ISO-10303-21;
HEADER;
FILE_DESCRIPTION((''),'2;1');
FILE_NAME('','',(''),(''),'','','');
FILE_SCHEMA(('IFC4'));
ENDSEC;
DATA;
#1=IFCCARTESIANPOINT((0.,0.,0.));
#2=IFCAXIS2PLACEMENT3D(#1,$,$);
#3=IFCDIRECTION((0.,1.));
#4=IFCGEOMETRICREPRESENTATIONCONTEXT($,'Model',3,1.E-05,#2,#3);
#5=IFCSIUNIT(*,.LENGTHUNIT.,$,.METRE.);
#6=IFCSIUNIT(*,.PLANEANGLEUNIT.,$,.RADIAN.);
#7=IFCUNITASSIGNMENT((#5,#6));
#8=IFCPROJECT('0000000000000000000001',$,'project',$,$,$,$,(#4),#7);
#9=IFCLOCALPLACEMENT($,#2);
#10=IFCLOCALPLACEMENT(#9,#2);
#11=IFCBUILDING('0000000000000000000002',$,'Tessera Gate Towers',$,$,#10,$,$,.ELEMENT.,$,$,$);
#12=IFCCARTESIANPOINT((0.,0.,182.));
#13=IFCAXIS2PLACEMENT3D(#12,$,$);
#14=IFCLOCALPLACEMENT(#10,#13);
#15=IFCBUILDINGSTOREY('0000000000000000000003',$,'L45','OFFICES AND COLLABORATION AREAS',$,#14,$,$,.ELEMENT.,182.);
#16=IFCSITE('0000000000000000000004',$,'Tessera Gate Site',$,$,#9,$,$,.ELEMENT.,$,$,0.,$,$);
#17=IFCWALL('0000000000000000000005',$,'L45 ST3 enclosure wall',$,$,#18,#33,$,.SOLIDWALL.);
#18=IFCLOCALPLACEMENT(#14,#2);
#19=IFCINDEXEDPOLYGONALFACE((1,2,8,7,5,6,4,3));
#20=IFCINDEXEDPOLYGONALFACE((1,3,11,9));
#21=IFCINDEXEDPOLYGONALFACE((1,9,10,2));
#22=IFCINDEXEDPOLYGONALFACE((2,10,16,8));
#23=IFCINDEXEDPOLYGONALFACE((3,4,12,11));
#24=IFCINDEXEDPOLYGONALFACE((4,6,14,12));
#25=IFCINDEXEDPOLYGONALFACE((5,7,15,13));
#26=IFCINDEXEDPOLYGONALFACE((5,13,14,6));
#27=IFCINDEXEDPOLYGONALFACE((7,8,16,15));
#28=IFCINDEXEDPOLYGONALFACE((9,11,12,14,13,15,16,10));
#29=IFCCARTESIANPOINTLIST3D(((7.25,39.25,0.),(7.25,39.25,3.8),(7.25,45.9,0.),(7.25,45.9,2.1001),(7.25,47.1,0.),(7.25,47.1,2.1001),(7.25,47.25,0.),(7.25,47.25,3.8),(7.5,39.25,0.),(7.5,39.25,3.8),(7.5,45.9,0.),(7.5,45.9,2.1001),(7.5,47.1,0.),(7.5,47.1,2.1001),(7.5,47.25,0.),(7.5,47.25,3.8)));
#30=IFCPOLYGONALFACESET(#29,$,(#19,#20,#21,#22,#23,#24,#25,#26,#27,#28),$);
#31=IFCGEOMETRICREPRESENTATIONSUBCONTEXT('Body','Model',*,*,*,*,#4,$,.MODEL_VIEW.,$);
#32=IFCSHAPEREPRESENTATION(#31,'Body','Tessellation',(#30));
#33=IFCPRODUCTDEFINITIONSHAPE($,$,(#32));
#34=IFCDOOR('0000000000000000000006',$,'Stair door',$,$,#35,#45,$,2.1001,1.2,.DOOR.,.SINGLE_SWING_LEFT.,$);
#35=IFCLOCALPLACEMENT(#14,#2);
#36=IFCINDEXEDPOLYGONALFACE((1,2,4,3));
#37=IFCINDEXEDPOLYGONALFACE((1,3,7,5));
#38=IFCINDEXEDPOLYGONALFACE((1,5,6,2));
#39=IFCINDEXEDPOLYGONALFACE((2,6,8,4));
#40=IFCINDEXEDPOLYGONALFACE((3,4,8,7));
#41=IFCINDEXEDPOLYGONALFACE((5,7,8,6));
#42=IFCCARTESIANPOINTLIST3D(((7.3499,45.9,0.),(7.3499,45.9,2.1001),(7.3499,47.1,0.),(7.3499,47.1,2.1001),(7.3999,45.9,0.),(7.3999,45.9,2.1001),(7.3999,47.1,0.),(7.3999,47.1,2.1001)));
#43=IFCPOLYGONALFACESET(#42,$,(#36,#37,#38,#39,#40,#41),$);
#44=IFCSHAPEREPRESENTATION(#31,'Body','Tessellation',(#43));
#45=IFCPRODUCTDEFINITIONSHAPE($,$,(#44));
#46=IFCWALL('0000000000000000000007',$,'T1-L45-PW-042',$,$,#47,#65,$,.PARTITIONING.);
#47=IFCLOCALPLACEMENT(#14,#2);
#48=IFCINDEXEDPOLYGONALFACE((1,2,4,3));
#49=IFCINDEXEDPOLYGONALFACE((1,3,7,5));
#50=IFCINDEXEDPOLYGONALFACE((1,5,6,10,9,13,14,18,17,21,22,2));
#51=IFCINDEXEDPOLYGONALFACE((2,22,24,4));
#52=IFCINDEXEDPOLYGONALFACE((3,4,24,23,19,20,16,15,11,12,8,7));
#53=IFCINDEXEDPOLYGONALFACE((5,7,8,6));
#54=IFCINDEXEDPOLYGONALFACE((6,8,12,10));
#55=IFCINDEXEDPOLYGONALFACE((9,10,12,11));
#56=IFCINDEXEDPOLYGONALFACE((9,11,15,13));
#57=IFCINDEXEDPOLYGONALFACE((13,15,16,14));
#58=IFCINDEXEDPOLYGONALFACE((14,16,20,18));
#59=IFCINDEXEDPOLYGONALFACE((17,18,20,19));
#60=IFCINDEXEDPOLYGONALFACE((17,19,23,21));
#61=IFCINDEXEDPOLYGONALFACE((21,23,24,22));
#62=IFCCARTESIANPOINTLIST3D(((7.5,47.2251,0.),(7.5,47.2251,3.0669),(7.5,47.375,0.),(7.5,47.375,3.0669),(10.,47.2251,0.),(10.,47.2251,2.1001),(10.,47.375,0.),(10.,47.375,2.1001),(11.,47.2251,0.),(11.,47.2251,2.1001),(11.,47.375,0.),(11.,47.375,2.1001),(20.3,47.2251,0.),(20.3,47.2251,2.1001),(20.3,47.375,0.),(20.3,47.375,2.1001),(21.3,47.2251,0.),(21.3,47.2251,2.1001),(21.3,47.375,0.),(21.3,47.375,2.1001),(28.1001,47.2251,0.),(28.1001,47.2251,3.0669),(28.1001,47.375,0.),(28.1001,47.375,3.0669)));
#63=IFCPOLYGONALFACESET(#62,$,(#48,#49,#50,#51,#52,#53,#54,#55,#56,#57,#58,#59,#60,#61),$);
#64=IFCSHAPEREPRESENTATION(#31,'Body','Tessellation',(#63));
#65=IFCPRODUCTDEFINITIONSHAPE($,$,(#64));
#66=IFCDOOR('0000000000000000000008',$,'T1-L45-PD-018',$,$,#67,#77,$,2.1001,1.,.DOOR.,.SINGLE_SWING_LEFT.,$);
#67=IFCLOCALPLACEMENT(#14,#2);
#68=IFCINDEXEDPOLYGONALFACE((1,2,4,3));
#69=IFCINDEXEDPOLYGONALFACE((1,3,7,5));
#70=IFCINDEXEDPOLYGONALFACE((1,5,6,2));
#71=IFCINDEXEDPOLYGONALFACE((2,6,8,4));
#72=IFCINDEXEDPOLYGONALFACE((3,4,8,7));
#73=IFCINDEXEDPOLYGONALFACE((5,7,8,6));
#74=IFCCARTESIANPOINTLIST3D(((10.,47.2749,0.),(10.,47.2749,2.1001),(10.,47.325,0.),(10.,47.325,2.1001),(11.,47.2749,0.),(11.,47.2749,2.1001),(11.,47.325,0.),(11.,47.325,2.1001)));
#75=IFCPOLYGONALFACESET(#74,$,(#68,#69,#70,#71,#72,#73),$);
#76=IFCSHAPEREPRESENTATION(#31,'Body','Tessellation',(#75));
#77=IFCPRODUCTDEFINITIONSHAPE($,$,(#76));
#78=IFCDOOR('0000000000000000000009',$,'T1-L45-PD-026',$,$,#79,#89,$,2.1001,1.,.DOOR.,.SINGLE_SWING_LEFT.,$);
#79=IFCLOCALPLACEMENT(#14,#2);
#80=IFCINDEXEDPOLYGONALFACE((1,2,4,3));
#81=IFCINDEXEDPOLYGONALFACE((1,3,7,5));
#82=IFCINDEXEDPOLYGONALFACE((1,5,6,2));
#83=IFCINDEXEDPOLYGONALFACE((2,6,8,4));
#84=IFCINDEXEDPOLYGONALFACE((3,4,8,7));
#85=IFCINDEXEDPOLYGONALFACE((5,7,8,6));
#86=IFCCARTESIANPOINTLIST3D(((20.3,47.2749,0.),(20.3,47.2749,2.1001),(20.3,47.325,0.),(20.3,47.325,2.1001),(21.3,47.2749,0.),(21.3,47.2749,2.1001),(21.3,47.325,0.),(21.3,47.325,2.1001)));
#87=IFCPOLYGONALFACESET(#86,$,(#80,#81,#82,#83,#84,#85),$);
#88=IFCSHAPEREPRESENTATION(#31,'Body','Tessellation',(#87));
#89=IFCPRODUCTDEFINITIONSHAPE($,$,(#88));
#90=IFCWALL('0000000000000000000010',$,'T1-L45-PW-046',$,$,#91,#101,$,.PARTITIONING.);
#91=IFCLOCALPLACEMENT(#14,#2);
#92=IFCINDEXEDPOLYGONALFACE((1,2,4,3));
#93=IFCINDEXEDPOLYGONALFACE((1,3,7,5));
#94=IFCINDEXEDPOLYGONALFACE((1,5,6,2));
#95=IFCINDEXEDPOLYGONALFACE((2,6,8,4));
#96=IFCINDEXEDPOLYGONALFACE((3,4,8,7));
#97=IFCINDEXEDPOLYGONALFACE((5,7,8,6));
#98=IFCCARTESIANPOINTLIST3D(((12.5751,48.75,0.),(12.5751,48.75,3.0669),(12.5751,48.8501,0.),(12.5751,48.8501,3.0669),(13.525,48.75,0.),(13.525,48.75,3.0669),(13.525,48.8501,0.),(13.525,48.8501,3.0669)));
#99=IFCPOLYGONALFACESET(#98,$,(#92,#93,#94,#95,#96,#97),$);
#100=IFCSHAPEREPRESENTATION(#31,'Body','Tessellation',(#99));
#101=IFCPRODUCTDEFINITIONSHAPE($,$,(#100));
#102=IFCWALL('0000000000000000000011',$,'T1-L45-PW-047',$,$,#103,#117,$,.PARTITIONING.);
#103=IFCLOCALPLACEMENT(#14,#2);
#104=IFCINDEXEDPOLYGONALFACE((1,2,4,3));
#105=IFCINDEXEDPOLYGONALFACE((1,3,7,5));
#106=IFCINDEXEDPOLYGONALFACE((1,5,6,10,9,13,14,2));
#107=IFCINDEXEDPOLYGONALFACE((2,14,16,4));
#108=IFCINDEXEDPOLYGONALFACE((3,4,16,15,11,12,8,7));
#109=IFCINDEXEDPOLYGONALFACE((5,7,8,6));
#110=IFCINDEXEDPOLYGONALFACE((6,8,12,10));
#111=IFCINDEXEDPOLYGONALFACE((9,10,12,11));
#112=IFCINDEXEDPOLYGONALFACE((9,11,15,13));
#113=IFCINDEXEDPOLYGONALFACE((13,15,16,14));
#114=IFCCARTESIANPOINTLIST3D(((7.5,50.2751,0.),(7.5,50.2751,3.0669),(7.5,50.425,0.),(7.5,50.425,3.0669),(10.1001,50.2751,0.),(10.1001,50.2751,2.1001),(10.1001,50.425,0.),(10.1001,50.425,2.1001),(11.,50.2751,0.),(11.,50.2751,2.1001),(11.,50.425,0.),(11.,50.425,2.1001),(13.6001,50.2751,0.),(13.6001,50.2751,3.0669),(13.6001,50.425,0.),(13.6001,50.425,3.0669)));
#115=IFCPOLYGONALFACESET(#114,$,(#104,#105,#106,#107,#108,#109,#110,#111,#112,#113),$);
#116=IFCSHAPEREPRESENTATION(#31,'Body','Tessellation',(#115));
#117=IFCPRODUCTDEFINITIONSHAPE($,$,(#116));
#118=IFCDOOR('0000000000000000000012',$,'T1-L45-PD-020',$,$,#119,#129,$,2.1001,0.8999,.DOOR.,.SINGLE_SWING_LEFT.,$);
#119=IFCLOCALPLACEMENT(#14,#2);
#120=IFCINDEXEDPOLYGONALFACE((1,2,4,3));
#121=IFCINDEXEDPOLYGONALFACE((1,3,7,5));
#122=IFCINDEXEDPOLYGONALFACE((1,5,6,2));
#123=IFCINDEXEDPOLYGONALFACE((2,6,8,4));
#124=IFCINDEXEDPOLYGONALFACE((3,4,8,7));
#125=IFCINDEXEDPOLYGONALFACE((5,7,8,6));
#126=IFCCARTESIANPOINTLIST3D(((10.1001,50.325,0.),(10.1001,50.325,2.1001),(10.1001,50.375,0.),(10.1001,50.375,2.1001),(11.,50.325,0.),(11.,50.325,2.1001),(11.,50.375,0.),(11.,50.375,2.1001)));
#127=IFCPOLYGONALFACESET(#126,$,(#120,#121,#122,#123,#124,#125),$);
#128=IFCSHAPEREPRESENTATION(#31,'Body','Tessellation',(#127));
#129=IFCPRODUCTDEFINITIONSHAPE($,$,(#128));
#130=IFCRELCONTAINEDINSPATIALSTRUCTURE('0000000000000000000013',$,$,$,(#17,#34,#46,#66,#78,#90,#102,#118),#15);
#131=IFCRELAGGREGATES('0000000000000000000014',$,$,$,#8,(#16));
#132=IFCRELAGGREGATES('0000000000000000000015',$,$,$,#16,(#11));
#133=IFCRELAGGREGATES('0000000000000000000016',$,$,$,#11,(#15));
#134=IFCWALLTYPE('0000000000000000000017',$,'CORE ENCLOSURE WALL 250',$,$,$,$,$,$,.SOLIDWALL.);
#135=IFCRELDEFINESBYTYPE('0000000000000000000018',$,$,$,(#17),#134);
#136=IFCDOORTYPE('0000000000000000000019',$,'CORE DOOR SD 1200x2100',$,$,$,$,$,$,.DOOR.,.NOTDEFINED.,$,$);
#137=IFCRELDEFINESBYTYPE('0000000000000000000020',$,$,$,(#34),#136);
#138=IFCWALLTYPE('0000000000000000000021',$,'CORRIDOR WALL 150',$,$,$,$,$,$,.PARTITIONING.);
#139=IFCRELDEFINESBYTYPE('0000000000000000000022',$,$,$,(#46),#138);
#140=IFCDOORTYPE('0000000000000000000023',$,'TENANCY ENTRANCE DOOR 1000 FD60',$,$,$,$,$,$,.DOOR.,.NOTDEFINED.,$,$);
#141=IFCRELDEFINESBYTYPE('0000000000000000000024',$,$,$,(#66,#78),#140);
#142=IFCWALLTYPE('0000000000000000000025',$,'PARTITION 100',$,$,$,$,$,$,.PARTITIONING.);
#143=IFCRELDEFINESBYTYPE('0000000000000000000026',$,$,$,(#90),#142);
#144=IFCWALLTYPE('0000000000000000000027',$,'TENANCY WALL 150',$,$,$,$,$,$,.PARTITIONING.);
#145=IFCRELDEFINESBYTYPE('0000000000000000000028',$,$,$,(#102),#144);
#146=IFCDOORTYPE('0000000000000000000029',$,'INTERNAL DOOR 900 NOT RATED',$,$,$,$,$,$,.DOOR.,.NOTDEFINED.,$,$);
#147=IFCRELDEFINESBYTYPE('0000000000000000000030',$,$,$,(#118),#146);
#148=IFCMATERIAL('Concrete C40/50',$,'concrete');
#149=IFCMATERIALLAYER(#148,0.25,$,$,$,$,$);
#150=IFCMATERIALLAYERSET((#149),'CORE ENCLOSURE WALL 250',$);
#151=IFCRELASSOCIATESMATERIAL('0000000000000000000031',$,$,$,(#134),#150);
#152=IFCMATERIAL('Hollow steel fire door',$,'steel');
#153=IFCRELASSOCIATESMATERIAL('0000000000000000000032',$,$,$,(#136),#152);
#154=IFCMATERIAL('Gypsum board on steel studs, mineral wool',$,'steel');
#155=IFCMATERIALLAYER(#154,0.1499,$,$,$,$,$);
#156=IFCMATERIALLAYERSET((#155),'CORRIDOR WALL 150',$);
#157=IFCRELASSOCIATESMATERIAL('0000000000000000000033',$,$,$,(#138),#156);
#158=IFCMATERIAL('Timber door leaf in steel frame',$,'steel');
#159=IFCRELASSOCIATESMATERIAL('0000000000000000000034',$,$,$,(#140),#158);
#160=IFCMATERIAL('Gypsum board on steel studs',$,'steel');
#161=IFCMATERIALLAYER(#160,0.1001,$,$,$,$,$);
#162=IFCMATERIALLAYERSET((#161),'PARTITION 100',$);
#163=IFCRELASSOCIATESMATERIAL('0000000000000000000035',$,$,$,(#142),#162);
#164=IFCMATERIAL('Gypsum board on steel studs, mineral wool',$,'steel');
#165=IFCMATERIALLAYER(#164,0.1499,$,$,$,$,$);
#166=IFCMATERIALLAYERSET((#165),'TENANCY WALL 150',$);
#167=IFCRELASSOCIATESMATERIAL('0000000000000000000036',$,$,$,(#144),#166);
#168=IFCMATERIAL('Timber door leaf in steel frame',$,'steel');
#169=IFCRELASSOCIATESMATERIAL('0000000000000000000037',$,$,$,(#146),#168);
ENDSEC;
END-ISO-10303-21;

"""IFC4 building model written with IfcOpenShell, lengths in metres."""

from ifc_helpers import new_model, si_unit, direction, frame, frame_2d, origin, place, context, subcontext, project, spatial, rectangle, extrude, source, transform, mapped, material, layer, layer_set, type_object, element, fill, save


model = new_model("IFC4")

# Units and contexts
model_context = context("Model", 3, precision=1e-05, world=origin(), true_north=direction((0.0, 1.0)))
body_context = subcontext(model_context, "Body", "Model", "MODEL_VIEW")
ifc_project = project(units=[si_unit("LENGTHUNIT", "METRE"), si_unit("PLANEANGLEUNIT", "RADIAN")], contexts=[model_context])

# Site, building, storey
site_placement = place(None, origin())
site = spatial("IfcSite", under=ifc_project, at=site_placement, Name="Tessera Gate Site", CompositionType="ELEMENT", RefElevation=0.0)
building_placement = place(site_placement, origin())
building = spatial("IfcBuilding", under=site, at=building_placement, Name="Tessera Gate Towers", CompositionType="ELEMENT")
storey_placement = place(building_placement, frame((0.0, 0.0, 182.0)))
storey = spatial("IfcBuildingStorey", under=building, at=storey_placement, Name="L45", Description="OFFICES AND COLLABORATION AREAS", CompositionType="ELEMENT", Elevation=182.0)

# Shared definitions
ifc_material_1 = material(Name="Concrete C40/50", Category="concrete")
ifc_layer_1 = layer(ifc_material_1, 0.25)
ifc_layer_set_1 = layer_set([ifc_layer_1], Name="CORE ENCLOSURE WALL 250")
wall_type_1 = type_object("IfcWallType", Name="CORE ENCLOSURE WALL 250", PredefinedType="SOLIDWALL", material=ifc_layer_set_1)

# Wall, opening, door
wall_1_placement = place(storey_placement, frame((7.375, 47.25, 0.0), z_axis=(0.0, 0.0, 1.0), x_axis=(0.0, -1.0, 0.0)))
wall_1 = element("IfcWall", 1, at=wall_1_placement, inside=storey, type_object=wall_type_1, Name="L45 ST3 enclosure wall", PredefinedType="SOLIDWALL", context=body_context, shape_type="SweptSolid", body=[
    extrude(rectangle(XDim=8.0, YDim=0.25, at=frame_2d((4.0, 0.0))), origin(), (0.0, 0.0, 1.0), 3.8),
])
shared_shape_1 = source(origin(), body_context, "Body", "SweptSolid", [
    extrude(rectangle(XDim=1.2, YDim=2.1001, at=frame_2d((0.6001, 1.05))), frame((0.0, 0.135, 0.0), z_axis=(0.0, -1.0, 0.0), x_axis=(1.0, 0.0, 0.0)), (0.0, 0.0, 1.0), 0.27),
])
opening_1_placement = place(wall_1_placement, frame((0.1499, 0.0, 0.0)))
opening_1 = element("IfcOpeningElement", 2, at=opening_1_placement, cuts=wall_1, PredefinedType="OPENING", context=body_context, shape_type="MappedRepresentation", body=[
    mapped(shared_shape_1, transform((0.0, 0.0, 0.0), scale=1.0)),
])
ifc_material_2 = material(Name="Hollow steel fire door", Category="steel")
door_type_1 = type_object("IfcDoorType", Name="CORE DOOR SD 1200x2100", OperationType="NOTDEFINED", PredefinedType="DOOR", material=ifc_material_2)
shared_shape_2 = source(origin(), body_context, "Body", "SweptSolid", [
    extrude(rectangle(XDim=1.2, YDim=2.1001, at=frame_2d((0.6001, 1.05))), frame((0.0, 0.0249, 0.0), z_axis=(0.0, -1.0, 0.0), x_axis=(1.0, 0.0, 0.0)), (0.0, 0.0, 1.0), 0.05),
])
door_1_placement = place(opening_1_placement, origin())
door_1 = element("IfcDoor", 3, at=door_1_placement, inside=storey, type_object=door_type_1, Name="Stair door", OperationType="SINGLE_SWING_LEFT", OverallHeight=2.1001, OverallWidth=1.2, PredefinedType="DOOR", context=body_context, shape_type="MappedRepresentation", body=[
    mapped(shared_shape_2, transform((0.0, 0.0, 0.0), scale=1.0)),
])
fill(opening_1, door_1)

# Wall, openings, doors
ifc_material_3 = material(Name="Gypsum board on steel studs, mineral wool", Category="steel")
ifc_layer_2 = layer(ifc_material_3, 0.1499)
ifc_layer_set_2 = layer_set([ifc_layer_2], Name="CORRIDOR WALL 150")
wall_type_2 = type_object("IfcWallType", Name="CORRIDOR WALL 150", PredefinedType="PARTITIONING", material=ifc_layer_set_2)
wall_2_placement = place(storey_placement, frame((7.5, 47.3, 0.0), z_axis=(0.0, 0.0, 1.0), x_axis=(1.0, 0.0, 0.0)))
wall_2 = element("IfcWall", 4, at=wall_2_placement, inside=storey, type_object=wall_type_2, Name="T1-L45-PW-042", PredefinedType="PARTITIONING", context=body_context, shape_type="SweptSolid", body=[
    extrude(rectangle(XDim=20.6001, YDim=0.1499, at=frame_2d((10.3, 0.0))), origin(), (0.0, 0.0, 1.0), 3.0669),
])
shared_shape_3 = source(origin(), body_context, "Body", "SweptSolid", [
    extrude(rectangle(XDim=1.0, YDim=2.1001, at=frame_2d((0.5, 1.05))), frame((0.0, 0.085, 0.0), z_axis=(0.0, -1.0, 0.0), x_axis=(1.0, 0.0, 0.0)), (0.0, 0.0, 1.0), 0.1699),
])
opening_2_placement = place(wall_2_placement, frame((2.5, 0.0, 0.0)))
opening_2 = element("IfcOpeningElement", 5, at=opening_2_placement, cuts=wall_2, PredefinedType="OPENING", context=body_context, shape_type="MappedRepresentation", body=[
    mapped(shared_shape_3, transform((0.0, 0.0, 0.0), scale=1.0)),
])
opening_3_placement = place(wall_2_placement, frame((12.8, 0.0, 0.0)))
opening_3 = element("IfcOpeningElement", 6, at=opening_3_placement, cuts=wall_2, PredefinedType="OPENING", context=body_context, shape_type="MappedRepresentation", body=[
    mapped(shared_shape_3, transform((0.0, 0.0, 0.0), scale=1.0)),
])
ifc_material_4 = material(Name="Timber door leaf in steel frame", Category="steel")
door_type_2 = type_object("IfcDoorType", Name="TENANCY ENTRANCE DOOR 1000 FD60", OperationType="NOTDEFINED", PredefinedType="DOOR", material=ifc_material_4)
shared_shape_4 = source(origin(), body_context, "Body", "SweptSolid", [
    extrude(rectangle(XDim=1.0, YDim=2.1001, at=frame_2d((0.5, 1.05))), frame((0.0, 0.0249, 0.0), z_axis=(0.0, -1.0, 0.0), x_axis=(1.0, 0.0, 0.0)), (0.0, 0.0, 1.0), 0.05),
])
door_2_placement = place(opening_2_placement, origin())
door_2 = element("IfcDoor", 7, at=door_2_placement, inside=storey, type_object=door_type_2, Name="T1-L45-PD-018", OperationType="SINGLE_SWING_LEFT", OverallHeight=2.1001, OverallWidth=1.0, PredefinedType="DOOR", context=body_context, shape_type="MappedRepresentation", body=[
    mapped(shared_shape_4, transform((0.0, 0.0, 0.0), scale=1.0)),
])
fill(opening_2, door_2)
door_3_placement = place(opening_3_placement, origin())
door_3 = element("IfcDoor", 8, at=door_3_placement, inside=storey, type_object=door_type_2, Name="T1-L45-PD-026", OperationType="SINGLE_SWING_LEFT", OverallHeight=2.1001, OverallWidth=1.0, PredefinedType="DOOR", context=body_context, shape_type="MappedRepresentation", body=[
    mapped(shared_shape_4, transform((0.0, 0.0, 0.0), scale=1.0)),
])
fill(opening_3, door_3)

# Wall
ifc_material_5 = material(Name="Gypsum board on steel studs", Category="steel")
ifc_layer_3 = layer(ifc_material_5, 0.1001)
ifc_layer_set_3 = layer_set([ifc_layer_3], Name="PARTITION 100")
wall_type_3 = type_object("IfcWallType", Name="PARTITION 100", PredefinedType="PARTITIONING", material=ifc_layer_set_3)
wall_3_placement = place(storey_placement, frame((12.575, 48.8, 0.0), z_axis=(0.0, 0.0, 1.0), x_axis=(1.0, 0.0, 0.0)))
element("IfcWall", 9, at=wall_3_placement, inside=storey, type_object=wall_type_3, Name="T1-L45-PW-046", PredefinedType="PARTITIONING", context=body_context, shape_type="SweptSolid", body=[
    extrude(rectangle(XDim=0.95, YDim=0.1001, at=frame_2d((0.4751, 0.0))), origin(), (0.0, 0.0, 1.0), 3.0669),
])

# Wall, opening, door
ifc_material_6 = material(Name="Gypsum board on steel studs, mineral wool", Category="steel")
ifc_layer_4 = layer(ifc_material_6, 0.1499)
ifc_layer_set_4 = layer_set([ifc_layer_4], Name="TENANCY WALL 150")
wall_type_4 = type_object("IfcWallType", Name="TENANCY WALL 150", PredefinedType="PARTITIONING", material=ifc_layer_set_4)
wall_4_placement = place(storey_placement, frame((7.5, 50.3501, 0.0), z_axis=(0.0, 0.0, 1.0), x_axis=(1.0, 0.0, 0.0)))
wall_4 = element("IfcWall", 10, at=wall_4_placement, inside=storey, type_object=wall_type_4, Name="T1-L45-PW-047", PredefinedType="PARTITIONING", context=body_context, shape_type="SweptSolid", body=[
    extrude(rectangle(XDim=6.1001, YDim=0.1499, at=frame_2d((3.05, 0.0))), origin(), (0.0, 0.0, 1.0), 3.0669),
])
shared_shape_5 = source(origin(), body_context, "Body", "SweptSolid", [
    extrude(rectangle(XDim=0.8999, YDim=2.1001, at=frame_2d((0.45, 1.05))), frame((0.0, 0.085, 0.0), z_axis=(0.0, -1.0, 0.0), x_axis=(1.0, 0.0, 0.0)), (0.0, 0.0, 1.0), 0.1699),
])
opening_4_placement = place(wall_4_placement, frame((2.6001, 0.0, 0.0)))
opening_4 = element("IfcOpeningElement", 11, at=opening_4_placement, cuts=wall_4, PredefinedType="OPENING", context=body_context, shape_type="MappedRepresentation", body=[
    mapped(shared_shape_5, transform((0.0, 0.0, 0.0), scale=1.0)),
])
ifc_material_7 = material(Name="Timber door leaf in steel frame", Category="steel")
door_type_3 = type_object("IfcDoorType", Name="INTERNAL DOOR 900 NOT RATED", OperationType="NOTDEFINED", PredefinedType="DOOR", material=ifc_material_7)
shared_shape_6 = source(origin(), body_context, "Body", "SweptSolid", [
    extrude(rectangle(XDim=0.8999, YDim=2.1001, at=frame_2d((0.45, 1.05))), frame((0.0, 0.0249, 0.0), z_axis=(0.0, -1.0, 0.0), x_axis=(1.0, 0.0, 0.0)), (0.0, 0.0, 1.0), 0.05),
])
door_4_placement = place(opening_4_placement, origin())
door_4 = element("IfcDoor", 12, at=door_4_placement, inside=storey, type_object=door_type_3, Name="T1-L45-PD-020", OperationType="SINGLE_SWING_LEFT", OverallHeight=2.1001, OverallWidth=0.8999, PredefinedType="DOOR", context=body_context, shape_type="MappedRepresentation", body=[
    mapped(shared_shape_6, transform((0.0, 0.0, 0.0), scale=1.0)),
])
fill(opening_4, door_4)

save(model, "model.ifc")
